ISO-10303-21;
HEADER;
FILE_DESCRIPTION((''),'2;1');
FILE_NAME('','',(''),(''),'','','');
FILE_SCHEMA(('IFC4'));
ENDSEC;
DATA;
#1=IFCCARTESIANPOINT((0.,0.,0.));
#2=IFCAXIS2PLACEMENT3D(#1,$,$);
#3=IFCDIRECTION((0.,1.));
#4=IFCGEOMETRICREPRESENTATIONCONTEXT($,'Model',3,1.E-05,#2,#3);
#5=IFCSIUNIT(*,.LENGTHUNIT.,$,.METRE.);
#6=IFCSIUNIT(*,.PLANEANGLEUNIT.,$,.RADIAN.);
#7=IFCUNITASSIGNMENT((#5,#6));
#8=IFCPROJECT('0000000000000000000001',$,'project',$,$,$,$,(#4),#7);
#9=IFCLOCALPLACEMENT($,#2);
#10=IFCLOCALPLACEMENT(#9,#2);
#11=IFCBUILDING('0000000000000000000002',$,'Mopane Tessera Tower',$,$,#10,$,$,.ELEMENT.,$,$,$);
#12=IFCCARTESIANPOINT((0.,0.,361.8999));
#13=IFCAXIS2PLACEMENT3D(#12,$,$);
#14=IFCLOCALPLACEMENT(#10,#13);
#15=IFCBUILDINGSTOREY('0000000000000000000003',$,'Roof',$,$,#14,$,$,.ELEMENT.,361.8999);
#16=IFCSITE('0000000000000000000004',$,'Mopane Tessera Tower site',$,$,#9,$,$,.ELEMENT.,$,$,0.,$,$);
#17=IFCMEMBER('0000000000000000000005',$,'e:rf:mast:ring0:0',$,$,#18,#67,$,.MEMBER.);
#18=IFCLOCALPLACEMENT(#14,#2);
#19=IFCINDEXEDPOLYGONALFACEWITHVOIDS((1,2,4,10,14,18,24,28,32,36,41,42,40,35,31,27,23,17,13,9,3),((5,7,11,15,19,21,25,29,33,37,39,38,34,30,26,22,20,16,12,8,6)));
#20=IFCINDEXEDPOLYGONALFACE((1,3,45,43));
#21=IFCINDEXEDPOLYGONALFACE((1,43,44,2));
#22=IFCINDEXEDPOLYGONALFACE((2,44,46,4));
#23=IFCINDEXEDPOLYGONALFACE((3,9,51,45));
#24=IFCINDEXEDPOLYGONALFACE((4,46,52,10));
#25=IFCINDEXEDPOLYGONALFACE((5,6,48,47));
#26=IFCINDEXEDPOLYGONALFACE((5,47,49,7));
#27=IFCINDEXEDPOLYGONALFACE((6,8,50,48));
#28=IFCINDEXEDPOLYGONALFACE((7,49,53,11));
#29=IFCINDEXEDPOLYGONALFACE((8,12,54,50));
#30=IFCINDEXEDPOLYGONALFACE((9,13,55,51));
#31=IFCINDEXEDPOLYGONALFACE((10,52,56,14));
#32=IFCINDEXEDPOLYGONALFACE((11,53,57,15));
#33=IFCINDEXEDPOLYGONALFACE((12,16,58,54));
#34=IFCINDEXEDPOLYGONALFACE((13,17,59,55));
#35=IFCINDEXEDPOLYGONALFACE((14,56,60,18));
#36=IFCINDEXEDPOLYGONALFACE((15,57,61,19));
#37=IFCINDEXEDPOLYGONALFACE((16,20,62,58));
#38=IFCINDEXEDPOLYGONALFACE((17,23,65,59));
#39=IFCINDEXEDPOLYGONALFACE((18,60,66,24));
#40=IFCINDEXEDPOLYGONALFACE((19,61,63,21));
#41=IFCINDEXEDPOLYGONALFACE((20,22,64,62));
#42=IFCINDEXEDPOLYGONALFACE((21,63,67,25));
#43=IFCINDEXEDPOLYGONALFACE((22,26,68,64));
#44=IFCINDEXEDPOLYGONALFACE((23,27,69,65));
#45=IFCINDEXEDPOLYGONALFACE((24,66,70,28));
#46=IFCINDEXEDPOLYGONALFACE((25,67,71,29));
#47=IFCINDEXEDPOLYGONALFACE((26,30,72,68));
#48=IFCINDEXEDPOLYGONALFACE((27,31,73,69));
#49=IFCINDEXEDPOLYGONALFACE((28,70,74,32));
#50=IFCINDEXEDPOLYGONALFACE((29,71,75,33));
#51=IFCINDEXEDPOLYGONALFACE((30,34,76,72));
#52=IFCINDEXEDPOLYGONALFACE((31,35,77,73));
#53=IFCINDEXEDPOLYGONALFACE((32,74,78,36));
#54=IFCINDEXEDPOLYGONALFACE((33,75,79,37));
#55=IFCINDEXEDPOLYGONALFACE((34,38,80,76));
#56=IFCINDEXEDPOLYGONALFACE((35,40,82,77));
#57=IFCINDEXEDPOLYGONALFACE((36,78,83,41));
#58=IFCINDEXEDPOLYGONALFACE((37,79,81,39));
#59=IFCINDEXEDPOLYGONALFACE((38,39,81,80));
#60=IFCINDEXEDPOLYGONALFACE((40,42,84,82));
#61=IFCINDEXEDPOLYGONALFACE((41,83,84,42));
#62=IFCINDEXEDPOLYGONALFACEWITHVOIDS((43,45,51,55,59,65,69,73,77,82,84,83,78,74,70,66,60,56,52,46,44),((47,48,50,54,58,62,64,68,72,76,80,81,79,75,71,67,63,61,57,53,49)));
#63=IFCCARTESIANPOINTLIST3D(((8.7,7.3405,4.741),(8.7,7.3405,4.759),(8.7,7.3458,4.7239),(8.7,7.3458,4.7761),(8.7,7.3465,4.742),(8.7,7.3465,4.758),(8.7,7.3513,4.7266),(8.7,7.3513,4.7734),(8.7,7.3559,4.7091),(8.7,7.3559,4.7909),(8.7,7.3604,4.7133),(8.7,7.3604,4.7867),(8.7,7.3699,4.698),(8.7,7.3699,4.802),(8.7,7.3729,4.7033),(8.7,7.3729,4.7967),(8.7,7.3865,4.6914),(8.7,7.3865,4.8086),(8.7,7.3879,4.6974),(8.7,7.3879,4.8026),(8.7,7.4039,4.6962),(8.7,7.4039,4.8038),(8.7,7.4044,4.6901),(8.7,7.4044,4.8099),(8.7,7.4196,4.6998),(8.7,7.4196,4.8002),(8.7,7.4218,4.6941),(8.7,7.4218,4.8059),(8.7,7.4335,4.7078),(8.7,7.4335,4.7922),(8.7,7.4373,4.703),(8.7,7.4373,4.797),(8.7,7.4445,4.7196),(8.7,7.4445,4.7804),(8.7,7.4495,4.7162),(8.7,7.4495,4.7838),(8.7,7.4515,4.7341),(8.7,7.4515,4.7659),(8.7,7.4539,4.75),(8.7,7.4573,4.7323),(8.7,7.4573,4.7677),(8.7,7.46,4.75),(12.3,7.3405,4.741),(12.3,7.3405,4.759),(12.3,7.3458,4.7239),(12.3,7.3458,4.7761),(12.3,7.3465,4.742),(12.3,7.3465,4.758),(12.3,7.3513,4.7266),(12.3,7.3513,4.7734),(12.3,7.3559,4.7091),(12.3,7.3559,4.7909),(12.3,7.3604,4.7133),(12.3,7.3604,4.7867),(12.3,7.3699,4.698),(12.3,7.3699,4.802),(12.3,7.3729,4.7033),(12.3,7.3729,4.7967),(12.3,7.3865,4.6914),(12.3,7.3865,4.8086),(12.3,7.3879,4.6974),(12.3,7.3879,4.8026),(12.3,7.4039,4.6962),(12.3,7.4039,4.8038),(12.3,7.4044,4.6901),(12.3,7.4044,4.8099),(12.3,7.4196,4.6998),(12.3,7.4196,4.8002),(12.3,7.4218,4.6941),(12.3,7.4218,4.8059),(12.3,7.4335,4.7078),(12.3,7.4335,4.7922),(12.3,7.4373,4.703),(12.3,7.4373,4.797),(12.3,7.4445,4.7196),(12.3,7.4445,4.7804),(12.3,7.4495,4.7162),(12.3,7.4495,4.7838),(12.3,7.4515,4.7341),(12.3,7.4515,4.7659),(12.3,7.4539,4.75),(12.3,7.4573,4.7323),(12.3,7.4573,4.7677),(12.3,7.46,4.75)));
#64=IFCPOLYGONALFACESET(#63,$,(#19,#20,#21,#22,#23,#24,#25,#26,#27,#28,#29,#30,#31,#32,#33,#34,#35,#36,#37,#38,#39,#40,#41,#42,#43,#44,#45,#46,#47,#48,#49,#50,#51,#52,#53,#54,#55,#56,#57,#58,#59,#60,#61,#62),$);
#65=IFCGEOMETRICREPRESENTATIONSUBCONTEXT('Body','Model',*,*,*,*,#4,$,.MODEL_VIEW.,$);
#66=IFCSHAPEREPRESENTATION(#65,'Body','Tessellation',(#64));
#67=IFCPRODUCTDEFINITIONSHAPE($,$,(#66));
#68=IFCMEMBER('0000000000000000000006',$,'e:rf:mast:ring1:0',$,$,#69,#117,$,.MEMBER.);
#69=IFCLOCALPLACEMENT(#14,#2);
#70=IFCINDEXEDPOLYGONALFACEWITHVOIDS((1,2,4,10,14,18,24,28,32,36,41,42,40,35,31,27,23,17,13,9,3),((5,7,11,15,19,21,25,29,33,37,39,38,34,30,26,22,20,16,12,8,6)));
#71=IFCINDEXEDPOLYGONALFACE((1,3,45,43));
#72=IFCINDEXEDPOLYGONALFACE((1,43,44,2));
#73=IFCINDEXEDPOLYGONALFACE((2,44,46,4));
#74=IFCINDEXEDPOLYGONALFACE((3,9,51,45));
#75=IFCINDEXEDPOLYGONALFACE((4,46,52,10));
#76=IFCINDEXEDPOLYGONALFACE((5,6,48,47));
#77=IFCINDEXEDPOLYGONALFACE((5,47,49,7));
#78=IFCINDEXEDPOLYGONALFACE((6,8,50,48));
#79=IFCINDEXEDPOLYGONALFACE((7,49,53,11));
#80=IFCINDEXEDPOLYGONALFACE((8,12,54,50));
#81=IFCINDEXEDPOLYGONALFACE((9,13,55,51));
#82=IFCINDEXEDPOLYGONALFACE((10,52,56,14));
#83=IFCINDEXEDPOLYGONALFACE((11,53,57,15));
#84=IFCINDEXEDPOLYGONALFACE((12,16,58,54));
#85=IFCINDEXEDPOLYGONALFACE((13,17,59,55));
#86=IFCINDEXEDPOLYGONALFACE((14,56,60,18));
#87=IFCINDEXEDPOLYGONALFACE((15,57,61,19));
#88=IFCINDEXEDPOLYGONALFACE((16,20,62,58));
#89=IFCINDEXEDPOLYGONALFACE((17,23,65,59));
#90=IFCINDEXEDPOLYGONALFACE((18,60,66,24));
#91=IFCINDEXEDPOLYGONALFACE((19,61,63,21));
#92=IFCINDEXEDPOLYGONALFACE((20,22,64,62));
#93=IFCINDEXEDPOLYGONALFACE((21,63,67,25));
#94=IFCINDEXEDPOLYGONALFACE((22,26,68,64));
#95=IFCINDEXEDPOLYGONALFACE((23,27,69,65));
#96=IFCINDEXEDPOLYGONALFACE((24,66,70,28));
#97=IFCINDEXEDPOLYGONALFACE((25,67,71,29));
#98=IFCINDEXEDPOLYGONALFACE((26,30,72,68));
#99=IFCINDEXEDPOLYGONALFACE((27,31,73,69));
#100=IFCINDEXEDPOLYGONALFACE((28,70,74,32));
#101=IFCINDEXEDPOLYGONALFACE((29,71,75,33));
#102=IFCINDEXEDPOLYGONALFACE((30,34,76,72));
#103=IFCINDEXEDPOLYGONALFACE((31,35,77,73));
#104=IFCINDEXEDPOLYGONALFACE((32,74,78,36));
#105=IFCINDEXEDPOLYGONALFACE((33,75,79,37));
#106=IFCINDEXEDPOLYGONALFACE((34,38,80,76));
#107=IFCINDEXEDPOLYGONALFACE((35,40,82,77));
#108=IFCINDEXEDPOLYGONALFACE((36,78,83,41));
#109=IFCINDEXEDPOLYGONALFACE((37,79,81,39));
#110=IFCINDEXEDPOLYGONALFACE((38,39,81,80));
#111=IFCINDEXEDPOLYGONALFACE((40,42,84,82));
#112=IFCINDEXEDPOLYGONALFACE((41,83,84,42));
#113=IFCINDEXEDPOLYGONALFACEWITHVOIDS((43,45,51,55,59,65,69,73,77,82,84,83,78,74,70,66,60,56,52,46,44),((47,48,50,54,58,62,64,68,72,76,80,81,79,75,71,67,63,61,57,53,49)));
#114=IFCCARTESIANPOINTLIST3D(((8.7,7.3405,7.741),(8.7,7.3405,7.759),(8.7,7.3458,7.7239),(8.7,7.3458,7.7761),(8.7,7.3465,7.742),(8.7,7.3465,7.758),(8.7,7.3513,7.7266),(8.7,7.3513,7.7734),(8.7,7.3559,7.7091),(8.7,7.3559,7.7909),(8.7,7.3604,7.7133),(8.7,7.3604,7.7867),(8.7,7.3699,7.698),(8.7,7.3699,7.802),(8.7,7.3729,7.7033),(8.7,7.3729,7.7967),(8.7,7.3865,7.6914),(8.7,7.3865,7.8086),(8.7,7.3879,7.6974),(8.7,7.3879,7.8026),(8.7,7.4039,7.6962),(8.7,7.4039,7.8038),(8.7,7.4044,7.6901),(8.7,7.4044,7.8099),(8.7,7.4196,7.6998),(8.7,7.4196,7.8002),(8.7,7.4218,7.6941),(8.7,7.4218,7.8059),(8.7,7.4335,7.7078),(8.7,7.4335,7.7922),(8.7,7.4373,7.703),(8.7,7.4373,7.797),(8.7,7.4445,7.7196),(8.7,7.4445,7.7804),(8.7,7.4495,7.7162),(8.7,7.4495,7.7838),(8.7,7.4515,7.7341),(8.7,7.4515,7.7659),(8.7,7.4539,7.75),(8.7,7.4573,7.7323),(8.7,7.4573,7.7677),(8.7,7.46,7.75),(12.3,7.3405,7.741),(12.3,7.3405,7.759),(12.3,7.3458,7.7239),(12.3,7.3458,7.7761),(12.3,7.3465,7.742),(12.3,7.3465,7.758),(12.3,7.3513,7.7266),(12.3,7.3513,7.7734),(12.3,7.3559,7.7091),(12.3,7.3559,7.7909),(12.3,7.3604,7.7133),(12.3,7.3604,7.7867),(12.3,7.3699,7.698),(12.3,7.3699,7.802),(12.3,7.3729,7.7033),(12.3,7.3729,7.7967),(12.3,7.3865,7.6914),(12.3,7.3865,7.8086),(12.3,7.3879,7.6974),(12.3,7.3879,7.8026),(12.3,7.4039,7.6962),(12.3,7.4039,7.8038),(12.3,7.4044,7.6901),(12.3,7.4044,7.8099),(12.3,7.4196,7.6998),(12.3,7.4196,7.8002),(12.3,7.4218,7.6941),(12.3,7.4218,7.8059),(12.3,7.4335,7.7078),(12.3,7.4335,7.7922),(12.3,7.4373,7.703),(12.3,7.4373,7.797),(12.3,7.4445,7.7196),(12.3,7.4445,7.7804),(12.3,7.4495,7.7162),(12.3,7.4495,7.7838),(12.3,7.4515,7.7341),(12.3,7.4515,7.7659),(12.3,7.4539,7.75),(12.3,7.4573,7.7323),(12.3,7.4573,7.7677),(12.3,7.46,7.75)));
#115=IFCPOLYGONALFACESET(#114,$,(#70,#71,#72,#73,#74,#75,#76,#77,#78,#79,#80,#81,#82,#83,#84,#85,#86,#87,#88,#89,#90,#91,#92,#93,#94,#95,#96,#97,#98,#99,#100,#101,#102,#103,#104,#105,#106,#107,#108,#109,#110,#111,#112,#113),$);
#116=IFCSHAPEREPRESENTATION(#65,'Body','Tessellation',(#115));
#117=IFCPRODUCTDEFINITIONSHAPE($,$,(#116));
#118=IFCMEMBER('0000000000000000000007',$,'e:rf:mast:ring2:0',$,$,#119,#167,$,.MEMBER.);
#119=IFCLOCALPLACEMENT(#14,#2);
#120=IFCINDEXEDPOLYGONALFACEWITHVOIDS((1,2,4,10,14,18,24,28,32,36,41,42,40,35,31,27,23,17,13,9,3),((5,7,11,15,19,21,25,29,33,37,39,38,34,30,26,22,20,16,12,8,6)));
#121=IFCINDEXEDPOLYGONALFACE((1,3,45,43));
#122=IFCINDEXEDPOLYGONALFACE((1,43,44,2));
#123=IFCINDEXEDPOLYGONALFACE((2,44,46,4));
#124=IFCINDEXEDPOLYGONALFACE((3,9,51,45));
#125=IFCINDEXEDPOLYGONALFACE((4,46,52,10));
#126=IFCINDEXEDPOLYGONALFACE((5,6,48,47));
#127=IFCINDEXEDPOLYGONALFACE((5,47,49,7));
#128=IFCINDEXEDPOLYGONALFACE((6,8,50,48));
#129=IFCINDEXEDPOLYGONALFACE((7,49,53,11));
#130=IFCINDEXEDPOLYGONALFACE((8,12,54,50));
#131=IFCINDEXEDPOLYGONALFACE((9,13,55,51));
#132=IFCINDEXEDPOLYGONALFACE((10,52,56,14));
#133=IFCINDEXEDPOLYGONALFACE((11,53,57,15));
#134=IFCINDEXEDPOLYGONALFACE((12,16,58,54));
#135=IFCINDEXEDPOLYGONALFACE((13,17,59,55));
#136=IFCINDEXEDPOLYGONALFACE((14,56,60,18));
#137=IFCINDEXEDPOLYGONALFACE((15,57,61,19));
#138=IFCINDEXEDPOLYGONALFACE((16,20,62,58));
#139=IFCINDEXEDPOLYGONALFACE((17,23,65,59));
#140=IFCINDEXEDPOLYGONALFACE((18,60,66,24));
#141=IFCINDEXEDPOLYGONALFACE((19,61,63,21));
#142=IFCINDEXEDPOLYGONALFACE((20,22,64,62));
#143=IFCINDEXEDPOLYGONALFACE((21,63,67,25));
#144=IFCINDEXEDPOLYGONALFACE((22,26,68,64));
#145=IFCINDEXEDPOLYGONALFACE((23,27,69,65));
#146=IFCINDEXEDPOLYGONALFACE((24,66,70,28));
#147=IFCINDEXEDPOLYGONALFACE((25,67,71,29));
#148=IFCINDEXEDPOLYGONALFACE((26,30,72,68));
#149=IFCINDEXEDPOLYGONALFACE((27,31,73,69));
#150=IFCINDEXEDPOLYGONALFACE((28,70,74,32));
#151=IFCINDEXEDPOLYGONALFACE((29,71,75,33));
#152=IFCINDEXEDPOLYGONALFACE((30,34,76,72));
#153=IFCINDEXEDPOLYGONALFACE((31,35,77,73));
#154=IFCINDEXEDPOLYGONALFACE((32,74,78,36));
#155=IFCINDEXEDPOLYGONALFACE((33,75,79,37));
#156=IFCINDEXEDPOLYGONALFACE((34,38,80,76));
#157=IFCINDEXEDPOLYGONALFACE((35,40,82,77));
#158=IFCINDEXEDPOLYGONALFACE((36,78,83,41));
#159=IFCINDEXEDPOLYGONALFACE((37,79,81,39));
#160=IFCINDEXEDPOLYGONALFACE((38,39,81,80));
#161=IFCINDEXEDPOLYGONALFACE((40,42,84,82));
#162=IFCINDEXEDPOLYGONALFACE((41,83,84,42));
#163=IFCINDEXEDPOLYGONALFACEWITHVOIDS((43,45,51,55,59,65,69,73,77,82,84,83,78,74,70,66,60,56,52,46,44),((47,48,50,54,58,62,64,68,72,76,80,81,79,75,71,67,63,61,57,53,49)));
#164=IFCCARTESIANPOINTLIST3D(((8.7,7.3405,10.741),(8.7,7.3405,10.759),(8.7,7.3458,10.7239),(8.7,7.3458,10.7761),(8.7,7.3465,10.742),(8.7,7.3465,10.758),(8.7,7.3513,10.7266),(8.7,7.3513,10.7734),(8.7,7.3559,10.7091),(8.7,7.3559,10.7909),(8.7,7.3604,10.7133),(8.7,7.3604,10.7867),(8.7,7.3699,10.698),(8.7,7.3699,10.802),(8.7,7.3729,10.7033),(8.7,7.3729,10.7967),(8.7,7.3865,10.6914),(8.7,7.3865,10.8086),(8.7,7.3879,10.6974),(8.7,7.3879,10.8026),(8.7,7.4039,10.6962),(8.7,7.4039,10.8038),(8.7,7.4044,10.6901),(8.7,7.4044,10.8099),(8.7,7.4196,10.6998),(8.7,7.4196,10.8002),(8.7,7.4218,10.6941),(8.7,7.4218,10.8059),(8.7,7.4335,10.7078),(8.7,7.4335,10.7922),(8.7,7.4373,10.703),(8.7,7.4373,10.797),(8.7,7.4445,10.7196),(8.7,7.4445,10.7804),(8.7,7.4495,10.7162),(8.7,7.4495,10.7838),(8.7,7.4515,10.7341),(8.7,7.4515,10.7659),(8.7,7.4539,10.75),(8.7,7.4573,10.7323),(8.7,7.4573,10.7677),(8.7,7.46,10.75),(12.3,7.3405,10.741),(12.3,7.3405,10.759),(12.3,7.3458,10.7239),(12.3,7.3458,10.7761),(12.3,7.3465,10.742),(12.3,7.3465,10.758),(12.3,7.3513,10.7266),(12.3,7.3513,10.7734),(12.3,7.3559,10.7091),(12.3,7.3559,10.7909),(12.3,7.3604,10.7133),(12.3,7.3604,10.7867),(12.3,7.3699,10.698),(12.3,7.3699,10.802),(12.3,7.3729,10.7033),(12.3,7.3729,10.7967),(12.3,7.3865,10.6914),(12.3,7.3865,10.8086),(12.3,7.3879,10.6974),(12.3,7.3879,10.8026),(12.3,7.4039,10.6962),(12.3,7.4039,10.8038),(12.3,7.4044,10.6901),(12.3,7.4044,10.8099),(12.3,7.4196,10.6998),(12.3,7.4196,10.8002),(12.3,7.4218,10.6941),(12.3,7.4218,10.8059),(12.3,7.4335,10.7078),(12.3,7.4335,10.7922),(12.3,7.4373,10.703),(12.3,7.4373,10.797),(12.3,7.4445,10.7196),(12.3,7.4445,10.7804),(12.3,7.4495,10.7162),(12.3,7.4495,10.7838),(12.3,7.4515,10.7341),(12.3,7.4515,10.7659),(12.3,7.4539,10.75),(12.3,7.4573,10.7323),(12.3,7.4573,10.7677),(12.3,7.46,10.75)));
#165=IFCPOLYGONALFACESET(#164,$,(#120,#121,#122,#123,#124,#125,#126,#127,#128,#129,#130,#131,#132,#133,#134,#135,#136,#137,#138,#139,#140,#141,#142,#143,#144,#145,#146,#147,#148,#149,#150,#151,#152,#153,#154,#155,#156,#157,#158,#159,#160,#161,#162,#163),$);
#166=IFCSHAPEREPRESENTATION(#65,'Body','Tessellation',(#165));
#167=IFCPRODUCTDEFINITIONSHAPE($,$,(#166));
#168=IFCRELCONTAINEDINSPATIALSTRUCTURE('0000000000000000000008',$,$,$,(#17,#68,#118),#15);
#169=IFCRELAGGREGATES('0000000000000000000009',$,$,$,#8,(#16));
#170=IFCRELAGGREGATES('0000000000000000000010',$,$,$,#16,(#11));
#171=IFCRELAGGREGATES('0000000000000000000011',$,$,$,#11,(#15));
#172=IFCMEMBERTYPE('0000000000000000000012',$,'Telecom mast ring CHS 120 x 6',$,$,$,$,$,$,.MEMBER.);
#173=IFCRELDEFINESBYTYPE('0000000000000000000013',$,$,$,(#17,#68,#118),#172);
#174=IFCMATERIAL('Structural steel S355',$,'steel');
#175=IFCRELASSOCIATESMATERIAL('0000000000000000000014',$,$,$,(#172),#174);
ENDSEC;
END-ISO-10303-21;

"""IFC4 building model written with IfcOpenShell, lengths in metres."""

from ifc_helpers import new_model, si_unit, direction, frame, origin, origin_2d, place, context, subcontext, project, spatial, hollow_circle, extrude, material, material_profile, profile_set, type_object, element, save


model = new_model("IFC4")

# Units and contexts
model_context = context("Model", 3, precision=1e-05, world=origin(), true_north=direction((0.0, 1.0)))
body_context = subcontext(model_context, "Body", "Model", "MODEL_VIEW")
ifc_project = project(units=[si_unit("LENGTHUNIT", "METRE"), si_unit("PLANEANGLEUNIT", "RADIAN")], contexts=[model_context])

# Site, building, storey
site_placement = place(None, origin())
site = spatial("IfcSite", under=ifc_project, at=site_placement, Name="Mopane Tessera Tower site", CompositionType="ELEMENT", RefElevation=0.0)
building_placement = place(site_placement, origin())
building = spatial("IfcBuilding", under=site, at=building_placement, Name="Mopane Tessera Tower", CompositionType="ELEMENT")
storey_placement = place(building_placement, frame((0.0, 0.0, 361.8999)))
storey = spatial("IfcBuildingStorey", under=building, at=storey_placement, Name="Roof", CompositionType="ELEMENT", Elevation=361.8999)

# Members
ifc_material_1 = material(Name="Structural steel S355", Category="steel")
ifc_material_profile_1 = material_profile(ifc_material_1, hollow_circle(Radius=0.0601, WallThickness=0.0061, at=origin_2d()))
ifc_profile_set_1 = profile_set([ifc_material_profile_1], Name="Structural steel S355")
member_type_1 = type_object("IfcMemberType", Name="Telecom mast ring CHS 120 x 6", PredefinedType="MEMBER", material=ifc_profile_set_1)
for number, where, z_axis, x_axis, name in (
    (1, (8.7, 7.3999, 4.75), (1.0, 0.0, 0.0), (0.0, 1.0, 0.0), "e:rf:mast:ring0:0"),
    (2, (8.7, 7.3999, 7.75), (1.0, 0.0, 0.0), (0.0, 1.0, 0.0), "e:rf:mast:ring1:0"),
    (3, (8.7, 7.3999, 10.75), (1.0, 0.0, 0.0), (0.0, 1.0, 0.0), "e:rf:mast:ring2:0"),
):
    element("IfcMember", number, at=place(storey_placement, frame(where, z_axis=z_axis, x_axis=x_axis)), inside=storey, type_object=member_type_1, Name=name, PredefinedType="MEMBER", context=body_context, shape_type="SweptSolid", body=[
        extrude(hollow_circle(Radius=0.0601, WallThickness=0.0061, at=origin_2d()), origin(), (0.0, 0.0, 1.0), 3.6001),
    ])

save(model, "model.ifc")
